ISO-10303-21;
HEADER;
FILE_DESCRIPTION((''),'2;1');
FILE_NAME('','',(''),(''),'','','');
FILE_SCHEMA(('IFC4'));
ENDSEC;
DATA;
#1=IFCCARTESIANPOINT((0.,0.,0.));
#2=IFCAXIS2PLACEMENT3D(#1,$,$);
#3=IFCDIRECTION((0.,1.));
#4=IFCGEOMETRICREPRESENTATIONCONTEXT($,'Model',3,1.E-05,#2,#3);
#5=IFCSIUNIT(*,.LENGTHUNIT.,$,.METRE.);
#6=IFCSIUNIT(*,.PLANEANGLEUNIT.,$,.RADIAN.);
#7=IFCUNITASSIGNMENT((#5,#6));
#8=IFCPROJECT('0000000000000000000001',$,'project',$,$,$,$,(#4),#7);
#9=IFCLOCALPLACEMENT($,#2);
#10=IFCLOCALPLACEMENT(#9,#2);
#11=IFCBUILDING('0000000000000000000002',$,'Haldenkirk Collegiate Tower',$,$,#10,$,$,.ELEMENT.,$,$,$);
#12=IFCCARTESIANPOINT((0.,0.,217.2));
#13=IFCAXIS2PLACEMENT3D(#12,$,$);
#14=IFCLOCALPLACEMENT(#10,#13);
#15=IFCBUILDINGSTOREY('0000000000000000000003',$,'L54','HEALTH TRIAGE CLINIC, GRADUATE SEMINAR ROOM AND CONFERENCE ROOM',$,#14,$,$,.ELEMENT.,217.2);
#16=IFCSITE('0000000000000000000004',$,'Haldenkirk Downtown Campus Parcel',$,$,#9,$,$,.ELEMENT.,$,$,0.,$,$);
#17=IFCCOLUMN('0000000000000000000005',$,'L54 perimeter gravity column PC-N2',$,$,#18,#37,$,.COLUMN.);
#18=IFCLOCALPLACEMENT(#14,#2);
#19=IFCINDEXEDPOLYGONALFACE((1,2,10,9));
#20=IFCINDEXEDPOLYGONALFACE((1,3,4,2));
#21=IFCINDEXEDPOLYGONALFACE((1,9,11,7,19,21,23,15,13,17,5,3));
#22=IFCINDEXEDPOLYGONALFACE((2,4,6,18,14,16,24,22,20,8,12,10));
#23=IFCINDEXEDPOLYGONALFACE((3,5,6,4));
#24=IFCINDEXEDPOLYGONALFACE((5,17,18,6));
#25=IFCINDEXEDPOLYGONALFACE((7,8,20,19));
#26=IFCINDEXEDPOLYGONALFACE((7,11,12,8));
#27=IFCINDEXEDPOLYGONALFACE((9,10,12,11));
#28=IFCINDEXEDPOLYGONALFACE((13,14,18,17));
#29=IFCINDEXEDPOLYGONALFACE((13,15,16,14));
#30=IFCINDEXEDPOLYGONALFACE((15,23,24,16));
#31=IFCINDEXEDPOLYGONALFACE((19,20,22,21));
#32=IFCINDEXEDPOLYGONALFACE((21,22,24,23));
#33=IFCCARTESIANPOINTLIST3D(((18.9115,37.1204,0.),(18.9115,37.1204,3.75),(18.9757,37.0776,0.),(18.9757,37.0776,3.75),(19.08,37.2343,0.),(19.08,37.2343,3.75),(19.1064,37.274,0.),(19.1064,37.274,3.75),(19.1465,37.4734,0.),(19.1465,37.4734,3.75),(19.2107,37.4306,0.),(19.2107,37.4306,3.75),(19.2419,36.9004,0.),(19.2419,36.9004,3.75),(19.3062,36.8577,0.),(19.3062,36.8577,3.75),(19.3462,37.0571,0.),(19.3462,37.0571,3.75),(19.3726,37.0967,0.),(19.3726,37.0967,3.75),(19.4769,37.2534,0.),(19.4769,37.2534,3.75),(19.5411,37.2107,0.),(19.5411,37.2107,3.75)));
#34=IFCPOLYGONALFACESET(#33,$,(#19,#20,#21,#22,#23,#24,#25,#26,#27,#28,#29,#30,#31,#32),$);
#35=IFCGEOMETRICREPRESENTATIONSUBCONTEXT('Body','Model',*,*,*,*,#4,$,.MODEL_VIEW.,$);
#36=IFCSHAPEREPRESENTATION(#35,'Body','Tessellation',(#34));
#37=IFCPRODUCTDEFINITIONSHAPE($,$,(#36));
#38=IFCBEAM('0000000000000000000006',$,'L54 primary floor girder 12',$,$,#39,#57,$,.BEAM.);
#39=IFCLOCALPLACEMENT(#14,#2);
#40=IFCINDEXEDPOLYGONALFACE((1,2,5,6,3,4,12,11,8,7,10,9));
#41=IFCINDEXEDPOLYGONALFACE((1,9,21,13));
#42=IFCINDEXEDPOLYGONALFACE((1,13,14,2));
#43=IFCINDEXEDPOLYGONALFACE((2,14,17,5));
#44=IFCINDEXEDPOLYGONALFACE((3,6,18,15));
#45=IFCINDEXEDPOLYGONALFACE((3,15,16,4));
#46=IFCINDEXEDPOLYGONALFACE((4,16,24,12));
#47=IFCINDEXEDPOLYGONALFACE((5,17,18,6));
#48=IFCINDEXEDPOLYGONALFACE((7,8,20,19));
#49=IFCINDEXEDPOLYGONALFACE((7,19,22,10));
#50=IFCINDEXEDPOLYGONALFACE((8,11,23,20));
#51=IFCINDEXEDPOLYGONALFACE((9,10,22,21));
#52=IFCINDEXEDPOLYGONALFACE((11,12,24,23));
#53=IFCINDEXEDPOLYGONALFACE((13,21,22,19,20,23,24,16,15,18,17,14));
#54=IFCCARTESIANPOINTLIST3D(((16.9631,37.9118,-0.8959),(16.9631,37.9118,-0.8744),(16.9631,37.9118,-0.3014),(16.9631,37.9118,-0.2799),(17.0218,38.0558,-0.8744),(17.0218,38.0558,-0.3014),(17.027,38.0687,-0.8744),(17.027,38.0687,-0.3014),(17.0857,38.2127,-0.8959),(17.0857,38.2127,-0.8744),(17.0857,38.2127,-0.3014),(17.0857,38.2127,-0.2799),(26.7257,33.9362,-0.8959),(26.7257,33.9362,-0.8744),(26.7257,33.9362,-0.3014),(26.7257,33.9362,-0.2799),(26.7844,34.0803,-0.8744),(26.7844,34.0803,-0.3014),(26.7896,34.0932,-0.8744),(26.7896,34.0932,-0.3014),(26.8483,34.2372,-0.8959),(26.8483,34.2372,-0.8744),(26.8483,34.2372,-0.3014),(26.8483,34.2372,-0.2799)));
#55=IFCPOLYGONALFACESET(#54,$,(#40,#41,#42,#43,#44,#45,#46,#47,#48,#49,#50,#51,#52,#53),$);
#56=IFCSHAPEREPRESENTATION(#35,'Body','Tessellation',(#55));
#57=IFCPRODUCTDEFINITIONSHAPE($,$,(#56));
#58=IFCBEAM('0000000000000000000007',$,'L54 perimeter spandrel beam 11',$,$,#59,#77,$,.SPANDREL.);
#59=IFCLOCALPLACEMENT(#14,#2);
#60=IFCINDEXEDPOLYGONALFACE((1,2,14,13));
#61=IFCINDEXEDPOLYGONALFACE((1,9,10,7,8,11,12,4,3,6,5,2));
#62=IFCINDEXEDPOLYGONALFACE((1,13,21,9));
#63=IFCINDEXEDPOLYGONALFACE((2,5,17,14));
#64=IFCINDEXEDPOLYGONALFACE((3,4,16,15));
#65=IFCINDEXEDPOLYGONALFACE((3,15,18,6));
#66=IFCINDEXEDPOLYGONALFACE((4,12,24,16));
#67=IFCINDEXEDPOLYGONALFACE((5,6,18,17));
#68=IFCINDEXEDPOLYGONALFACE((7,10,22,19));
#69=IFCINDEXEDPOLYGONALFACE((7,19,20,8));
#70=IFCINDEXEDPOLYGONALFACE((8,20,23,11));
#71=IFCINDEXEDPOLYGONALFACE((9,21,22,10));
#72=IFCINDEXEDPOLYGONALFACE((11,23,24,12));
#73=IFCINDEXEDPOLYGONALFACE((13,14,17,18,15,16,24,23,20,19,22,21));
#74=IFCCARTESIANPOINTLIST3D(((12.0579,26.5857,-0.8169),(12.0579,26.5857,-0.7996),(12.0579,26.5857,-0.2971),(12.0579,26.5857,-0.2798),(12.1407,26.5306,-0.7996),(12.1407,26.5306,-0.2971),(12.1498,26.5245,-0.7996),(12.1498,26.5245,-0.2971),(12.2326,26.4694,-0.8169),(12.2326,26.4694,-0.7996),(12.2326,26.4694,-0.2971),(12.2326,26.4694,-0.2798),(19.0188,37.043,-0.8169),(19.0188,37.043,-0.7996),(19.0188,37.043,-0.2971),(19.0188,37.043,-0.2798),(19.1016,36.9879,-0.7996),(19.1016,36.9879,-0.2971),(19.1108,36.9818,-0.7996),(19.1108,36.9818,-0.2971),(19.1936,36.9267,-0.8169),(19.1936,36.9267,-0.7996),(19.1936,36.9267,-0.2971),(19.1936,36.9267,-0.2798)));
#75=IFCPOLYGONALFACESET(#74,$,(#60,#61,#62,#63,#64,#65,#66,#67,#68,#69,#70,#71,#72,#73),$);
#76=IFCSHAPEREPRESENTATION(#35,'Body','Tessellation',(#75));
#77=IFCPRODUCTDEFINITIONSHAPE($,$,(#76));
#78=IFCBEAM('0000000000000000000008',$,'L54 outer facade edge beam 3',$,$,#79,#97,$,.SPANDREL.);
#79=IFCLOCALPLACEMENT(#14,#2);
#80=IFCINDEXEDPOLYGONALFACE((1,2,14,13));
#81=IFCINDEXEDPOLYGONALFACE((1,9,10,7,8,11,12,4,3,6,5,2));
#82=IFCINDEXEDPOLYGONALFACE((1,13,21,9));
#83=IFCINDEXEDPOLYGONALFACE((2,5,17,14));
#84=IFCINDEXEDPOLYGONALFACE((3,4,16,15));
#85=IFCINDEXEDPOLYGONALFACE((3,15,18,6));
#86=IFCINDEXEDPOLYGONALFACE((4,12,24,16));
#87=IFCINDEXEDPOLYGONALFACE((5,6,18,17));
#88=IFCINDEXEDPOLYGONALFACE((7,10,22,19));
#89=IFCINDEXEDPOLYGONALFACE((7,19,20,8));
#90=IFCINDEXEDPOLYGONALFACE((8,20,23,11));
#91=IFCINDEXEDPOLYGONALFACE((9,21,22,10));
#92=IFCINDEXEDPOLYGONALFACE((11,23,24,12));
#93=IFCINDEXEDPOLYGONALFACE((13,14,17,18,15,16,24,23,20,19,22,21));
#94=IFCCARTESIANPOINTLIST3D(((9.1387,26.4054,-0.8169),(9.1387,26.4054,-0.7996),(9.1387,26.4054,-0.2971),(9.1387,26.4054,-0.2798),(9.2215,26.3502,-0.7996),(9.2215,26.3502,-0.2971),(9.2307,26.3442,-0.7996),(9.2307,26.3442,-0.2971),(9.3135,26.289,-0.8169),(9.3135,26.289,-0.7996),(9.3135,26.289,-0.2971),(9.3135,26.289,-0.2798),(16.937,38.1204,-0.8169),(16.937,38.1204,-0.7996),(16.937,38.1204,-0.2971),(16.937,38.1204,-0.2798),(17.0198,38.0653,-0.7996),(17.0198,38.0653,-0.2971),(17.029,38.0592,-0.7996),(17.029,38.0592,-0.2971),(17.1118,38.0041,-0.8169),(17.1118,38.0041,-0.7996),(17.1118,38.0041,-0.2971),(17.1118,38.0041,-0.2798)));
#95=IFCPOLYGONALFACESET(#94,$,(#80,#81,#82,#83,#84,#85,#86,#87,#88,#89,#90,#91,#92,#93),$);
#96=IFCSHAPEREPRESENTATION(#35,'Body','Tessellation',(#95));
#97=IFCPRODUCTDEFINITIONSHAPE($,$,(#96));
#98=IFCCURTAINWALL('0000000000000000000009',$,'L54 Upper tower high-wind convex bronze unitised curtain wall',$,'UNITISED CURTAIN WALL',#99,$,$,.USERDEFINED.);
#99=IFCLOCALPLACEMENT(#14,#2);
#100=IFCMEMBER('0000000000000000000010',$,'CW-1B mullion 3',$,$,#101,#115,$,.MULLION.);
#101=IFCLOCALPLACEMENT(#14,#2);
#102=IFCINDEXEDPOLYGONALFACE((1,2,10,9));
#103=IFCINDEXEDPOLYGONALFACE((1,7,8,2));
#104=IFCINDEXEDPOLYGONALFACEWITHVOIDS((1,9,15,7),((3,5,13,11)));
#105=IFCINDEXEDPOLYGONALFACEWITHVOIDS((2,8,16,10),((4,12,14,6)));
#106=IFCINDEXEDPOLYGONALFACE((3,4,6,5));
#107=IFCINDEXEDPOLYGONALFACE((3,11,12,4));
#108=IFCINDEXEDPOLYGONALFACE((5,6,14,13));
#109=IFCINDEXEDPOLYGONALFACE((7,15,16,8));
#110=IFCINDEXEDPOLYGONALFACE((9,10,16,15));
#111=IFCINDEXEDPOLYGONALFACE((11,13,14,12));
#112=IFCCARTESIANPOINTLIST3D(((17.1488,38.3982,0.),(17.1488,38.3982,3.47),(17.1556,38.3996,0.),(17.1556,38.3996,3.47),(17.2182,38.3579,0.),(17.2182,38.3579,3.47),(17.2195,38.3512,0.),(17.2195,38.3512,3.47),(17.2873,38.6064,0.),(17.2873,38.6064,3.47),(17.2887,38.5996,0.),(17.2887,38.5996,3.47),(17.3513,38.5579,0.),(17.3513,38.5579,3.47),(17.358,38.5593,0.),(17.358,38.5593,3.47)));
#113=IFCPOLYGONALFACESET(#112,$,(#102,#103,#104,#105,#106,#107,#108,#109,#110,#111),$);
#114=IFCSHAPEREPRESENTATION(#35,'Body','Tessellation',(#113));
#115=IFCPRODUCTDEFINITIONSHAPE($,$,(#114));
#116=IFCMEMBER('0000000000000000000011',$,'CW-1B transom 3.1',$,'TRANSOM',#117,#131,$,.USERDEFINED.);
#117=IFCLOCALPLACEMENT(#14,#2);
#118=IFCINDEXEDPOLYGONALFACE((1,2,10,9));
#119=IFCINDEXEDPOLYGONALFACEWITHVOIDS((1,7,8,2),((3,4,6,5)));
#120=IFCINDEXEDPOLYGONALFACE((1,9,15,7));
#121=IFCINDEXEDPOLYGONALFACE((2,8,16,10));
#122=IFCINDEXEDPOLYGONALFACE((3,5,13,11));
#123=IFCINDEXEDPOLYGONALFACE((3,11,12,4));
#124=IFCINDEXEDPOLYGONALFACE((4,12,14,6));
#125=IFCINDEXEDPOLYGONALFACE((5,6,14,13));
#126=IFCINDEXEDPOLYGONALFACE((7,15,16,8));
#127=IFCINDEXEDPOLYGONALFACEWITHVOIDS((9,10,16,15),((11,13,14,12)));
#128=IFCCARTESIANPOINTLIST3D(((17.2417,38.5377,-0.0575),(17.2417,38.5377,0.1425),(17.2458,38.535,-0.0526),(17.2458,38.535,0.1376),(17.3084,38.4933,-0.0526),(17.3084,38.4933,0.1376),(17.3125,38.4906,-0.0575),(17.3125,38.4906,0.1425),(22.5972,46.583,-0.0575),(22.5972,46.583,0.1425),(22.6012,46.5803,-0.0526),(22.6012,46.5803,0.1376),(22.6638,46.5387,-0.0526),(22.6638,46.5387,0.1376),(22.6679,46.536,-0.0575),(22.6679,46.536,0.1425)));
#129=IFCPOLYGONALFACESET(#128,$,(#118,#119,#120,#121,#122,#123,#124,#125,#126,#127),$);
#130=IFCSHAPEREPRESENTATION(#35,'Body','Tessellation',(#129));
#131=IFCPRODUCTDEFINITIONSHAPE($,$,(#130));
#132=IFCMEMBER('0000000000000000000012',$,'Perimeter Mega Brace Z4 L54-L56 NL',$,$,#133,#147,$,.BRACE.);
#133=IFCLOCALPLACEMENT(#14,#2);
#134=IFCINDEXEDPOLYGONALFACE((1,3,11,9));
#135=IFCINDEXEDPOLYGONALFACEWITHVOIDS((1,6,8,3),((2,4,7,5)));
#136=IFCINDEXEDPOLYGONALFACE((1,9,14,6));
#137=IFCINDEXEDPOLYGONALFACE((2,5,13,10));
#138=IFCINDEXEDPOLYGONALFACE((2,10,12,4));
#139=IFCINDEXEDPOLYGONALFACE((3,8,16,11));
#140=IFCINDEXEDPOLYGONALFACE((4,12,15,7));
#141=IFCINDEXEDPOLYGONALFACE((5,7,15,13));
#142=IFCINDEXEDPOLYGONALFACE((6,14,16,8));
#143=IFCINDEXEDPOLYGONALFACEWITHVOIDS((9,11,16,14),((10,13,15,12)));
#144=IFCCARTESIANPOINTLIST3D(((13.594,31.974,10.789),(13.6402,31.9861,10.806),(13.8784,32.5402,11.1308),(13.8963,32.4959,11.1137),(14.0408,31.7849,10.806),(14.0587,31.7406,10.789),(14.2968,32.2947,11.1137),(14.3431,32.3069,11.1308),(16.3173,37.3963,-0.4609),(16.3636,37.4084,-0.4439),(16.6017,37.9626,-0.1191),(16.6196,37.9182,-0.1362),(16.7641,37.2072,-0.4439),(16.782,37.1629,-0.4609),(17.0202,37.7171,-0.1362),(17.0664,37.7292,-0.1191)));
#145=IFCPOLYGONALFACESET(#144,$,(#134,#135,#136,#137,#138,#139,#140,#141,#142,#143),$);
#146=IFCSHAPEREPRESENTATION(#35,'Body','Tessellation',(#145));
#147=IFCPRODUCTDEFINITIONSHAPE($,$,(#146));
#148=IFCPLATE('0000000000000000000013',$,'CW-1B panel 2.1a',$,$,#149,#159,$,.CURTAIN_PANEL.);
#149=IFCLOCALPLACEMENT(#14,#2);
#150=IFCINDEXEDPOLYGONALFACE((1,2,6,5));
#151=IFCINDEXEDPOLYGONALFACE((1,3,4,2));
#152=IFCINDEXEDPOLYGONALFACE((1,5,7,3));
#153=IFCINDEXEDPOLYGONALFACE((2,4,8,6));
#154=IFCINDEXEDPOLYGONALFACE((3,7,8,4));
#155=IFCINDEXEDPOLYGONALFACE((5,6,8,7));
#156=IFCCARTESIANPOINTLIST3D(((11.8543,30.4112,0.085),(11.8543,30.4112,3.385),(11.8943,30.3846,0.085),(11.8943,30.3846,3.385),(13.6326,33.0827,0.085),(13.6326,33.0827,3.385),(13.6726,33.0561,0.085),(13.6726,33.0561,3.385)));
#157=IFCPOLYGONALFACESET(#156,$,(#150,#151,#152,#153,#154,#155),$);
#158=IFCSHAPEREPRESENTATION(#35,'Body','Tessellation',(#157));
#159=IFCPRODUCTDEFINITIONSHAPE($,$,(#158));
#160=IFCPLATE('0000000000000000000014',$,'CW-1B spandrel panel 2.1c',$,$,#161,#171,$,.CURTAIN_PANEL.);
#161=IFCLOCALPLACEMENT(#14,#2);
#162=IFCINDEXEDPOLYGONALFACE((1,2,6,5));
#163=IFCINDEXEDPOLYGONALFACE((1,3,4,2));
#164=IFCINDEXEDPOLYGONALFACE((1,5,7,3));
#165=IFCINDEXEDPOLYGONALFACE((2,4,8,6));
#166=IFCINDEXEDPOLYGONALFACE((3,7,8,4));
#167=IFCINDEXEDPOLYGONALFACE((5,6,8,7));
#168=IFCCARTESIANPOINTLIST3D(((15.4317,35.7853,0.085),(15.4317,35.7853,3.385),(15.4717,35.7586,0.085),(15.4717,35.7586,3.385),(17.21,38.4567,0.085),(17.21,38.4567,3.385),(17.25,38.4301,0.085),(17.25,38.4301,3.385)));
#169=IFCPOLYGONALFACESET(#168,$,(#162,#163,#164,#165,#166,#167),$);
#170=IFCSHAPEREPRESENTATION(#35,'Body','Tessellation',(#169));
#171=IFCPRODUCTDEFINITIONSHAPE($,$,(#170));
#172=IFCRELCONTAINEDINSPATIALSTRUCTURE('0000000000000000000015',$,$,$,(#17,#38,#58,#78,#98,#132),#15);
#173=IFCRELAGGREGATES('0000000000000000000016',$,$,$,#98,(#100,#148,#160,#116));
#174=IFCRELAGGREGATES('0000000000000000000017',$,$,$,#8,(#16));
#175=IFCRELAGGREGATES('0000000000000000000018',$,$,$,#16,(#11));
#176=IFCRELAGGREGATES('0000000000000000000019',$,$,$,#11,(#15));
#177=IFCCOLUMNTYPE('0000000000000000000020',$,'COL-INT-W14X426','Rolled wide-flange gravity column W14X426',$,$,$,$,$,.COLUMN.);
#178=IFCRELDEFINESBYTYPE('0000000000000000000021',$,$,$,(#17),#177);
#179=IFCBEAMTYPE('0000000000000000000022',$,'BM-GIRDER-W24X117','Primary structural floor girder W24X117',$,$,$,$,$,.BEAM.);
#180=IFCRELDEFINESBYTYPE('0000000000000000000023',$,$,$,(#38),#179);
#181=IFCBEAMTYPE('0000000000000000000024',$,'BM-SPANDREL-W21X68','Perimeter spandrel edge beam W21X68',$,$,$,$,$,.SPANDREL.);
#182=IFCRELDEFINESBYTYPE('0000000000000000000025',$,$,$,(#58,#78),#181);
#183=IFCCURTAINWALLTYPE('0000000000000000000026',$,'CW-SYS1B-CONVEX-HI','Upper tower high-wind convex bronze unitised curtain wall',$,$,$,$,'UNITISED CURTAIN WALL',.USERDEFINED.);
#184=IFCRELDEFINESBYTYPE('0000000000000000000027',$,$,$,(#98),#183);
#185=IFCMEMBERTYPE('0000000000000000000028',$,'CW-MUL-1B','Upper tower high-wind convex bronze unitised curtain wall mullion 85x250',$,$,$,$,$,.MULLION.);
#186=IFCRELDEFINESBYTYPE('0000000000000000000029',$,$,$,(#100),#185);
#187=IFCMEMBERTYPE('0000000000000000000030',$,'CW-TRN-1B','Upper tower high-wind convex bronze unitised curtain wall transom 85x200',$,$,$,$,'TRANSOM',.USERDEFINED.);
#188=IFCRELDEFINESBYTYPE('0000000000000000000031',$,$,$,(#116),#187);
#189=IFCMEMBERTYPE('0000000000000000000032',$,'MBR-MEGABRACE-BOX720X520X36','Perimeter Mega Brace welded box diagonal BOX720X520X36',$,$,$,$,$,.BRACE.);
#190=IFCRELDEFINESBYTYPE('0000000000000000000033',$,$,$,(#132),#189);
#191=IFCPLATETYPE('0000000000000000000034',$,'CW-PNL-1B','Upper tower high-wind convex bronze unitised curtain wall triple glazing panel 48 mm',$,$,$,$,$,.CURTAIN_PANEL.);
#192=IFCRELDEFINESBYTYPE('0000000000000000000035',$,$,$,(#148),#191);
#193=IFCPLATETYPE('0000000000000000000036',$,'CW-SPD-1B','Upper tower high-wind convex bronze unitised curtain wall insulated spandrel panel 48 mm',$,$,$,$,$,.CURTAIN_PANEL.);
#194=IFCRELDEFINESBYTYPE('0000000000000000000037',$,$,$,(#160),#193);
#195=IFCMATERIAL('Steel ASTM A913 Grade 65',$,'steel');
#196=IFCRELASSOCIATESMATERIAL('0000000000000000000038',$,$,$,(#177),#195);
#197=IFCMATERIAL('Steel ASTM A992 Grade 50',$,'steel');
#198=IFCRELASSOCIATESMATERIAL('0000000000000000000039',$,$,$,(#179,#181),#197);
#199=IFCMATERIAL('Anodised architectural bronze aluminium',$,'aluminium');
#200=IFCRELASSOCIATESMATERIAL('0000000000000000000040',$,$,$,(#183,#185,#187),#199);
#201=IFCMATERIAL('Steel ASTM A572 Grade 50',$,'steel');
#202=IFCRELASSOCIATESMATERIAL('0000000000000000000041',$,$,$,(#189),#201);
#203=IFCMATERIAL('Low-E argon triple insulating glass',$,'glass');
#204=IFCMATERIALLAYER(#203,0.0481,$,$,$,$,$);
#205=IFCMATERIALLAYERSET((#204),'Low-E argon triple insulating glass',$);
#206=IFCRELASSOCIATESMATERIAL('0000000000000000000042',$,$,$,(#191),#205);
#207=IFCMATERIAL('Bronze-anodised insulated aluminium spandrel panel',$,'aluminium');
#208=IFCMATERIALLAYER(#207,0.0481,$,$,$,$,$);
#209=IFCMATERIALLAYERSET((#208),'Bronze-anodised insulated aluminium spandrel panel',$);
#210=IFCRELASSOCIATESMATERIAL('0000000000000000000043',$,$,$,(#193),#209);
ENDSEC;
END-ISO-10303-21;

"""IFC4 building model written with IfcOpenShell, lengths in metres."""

from ifc_helpers import new_model, si_unit, direction, frame, origin, origin_2d, place, context, subcontext, project, spatial, rectangle, hollow_rectangle, i_section, extrude, source, transform, mapped, material, layer, layer_set, material_profile, profile_set, type_object, element, aggregate, save


model = new_model("IFC4")

# Units and contexts
model_context = context("Model", 3, precision=1e-05, world=origin(), true_north=direction((0.0, 1.0)))
body_context = subcontext(model_context, "Body", "Model", "MODEL_VIEW")
ifc_project = project(units=[si_unit("LENGTHUNIT", "METRE"), si_unit("PLANEANGLEUNIT", "RADIAN")], contexts=[model_context])

# Site, building, storey
site_placement = place(None, origin())
site = spatial("IfcSite", under=ifc_project, at=site_placement, Name="Haldenkirk Downtown Campus Parcel", CompositionType="ELEMENT", RefElevation=0.0)
building_placement = place(site_placement, origin())
building = spatial("IfcBuilding", under=site, at=building_placement, Name="Haldenkirk Collegiate Tower", CompositionType="ELEMENT")
storey_placement = place(building_placement, frame((0.0, 0.0, 217.2)))
storey = spatial("IfcBuildingStorey", under=building, at=storey_placement, Name="L54", Description="HEALTH TRIAGE CLINIC, GRADUATE SEMINAR ROOM AND CONFERENCE ROOM", CompositionType="ELEMENT", Elevation=217.2)

# Column
ifc_material_1 = material(Name="Steel ASTM A913 Grade 65", Category="steel")
ifc_material_profile_1 = material_profile(ifc_material_1, i_section(OverallWidth=0.4241, OverallDepth=0.4741, WebThickness=0.0476, FlangeThickness=0.0771, at=origin_2d()), Name="W14X426")
ifc_profile_set_1 = profile_set([ifc_material_profile_1], Name="Steel ASTM A913 Grade 65")
column_type = type_object("IfcColumnType", Name="COL-INT-W14X426", Description="Rolled wide-flange gravity column W14X426", PredefinedType="COLUMN", material=ifc_profile_set_1)
column_placement = place(storey_placement, frame((19.2263, 37.1655, 0.0), z_axis=(0.0, 0.0, 1.0), x_axis=(0.554118, 0.832438, 0.0)))
element("IfcColumn", 1, at=column_placement, inside=storey, type_object=column_type, Name="L54 perimeter gravity column PC-N2", PredefinedType="COLUMN", context=body_context, shape_type="SweptSolid", body=[
    extrude(i_section(OverallWidth=0.4241, OverallDepth=0.4741, WebThickness=0.0476, FlangeThickness=0.0771, at=origin_2d()), origin(), (0.0, 0.0, 1.0), 3.75),
])

# Beams
ifc_material_2 = material(Name="Steel ASTM A992 Grade 50", Category="steel")
ifc_material_profile_2 = material_profile(ifc_material_2, i_section(OverallWidth=0.325, OverallDepth=0.616, WebThickness=0.0139, FlangeThickness=0.0215, at=origin_2d()), Name="W24X117")
ifc_profile_set_2 = profile_set([ifc_material_profile_2], Name="Steel ASTM A992 Grade 50")
beam_type_1 = type_object("IfcBeamType", Name="BM-GIRDER-W24X117", Description="Primary structural floor girder W24X117", PredefinedType="BEAM", material=ifc_profile_set_2)
beam_1_placement = place(storey_placement, frame((17.0244, 38.0623, -0.5879), z_axis=(0.926152, -0.37715, 0.0), x_axis=(0.37715, 0.926152, 0.0)))
element("IfcBeam", 2, at=beam_1_placement, inside=storey, type_object=beam_type_1, Name="L54 primary floor girder 12", PredefinedType="BEAM", context=body_context, shape_type="SweptSolid", body=[
    extrude(i_section(OverallWidth=0.325, OverallDepth=0.616, WebThickness=0.0139, FlangeThickness=0.0215, at=origin_2d()), origin(), (0.0, 0.0, 1.0), 10.541),
])
ifc_material_profile_3 = material_profile(ifc_material_2, i_section(OverallWidth=0.21, OverallDepth=0.5371, WebThickness=0.011, FlangeThickness=0.0173, at=origin_2d()), Name="W21X68")
ifc_profile_set_3 = profile_set([ifc_material_profile_3], Name="Steel ASTM A992 Grade 50")
beam_type_2 = type_object("IfcBeamType", Name="BM-SPANDREL-W21X68", Description="Perimeter spandrel edge beam W21X68", PredefinedType="SPANDREL", material=ifc_profile_set_3)
beam_2_placement = place(storey_placement, frame((19.1062, 36.9849, -0.5483), z_axis=(-0.554117, -0.832439, 0.0), x_axis=(0.832439, -0.554117, 0.0)))
element("IfcBeam", 3, at=beam_2_placement, inside=storey, type_object=beam_type_2, Name="L54 perimeter spandrel beam 11", PredefinedType="SPANDREL", context=body_context, shape_type="SweptSolid", body=[
    extrude(i_section(OverallWidth=0.21, OverallDepth=0.5371, WebThickness=0.011, FlangeThickness=0.0173, at=origin_2d()), origin(), (0.0, 0.0, 1.0), 12.5623),
])
beam_3_placement = place(storey_placement, frame((17.0244, 38.0623, -0.5483), z_axis=(-0.554124, -0.832434, 0.0), x_axis=(0.832434, -0.554124, 0.0)))
element("IfcBeam", 4, at=beam_3_placement, inside=storey, type_object=beam_type_2, Name="L54 outer facade edge beam 3", PredefinedType="SPANDREL", context=body_context, shape_type="SweptSolid", body=[
    extrude(i_section(OverallWidth=0.21, OverallDepth=0.5371, WebThickness=0.011, FlangeThickness=0.0173, at=origin_2d()), origin(), (0.0, 0.0, 1.0), 14.0732),
])

# Curtain wall, members
ifc_material_3 = material(Name="Anodised architectural bronze aluminium", Category="aluminium")
curtain_wall_type = type_object("IfcCurtainWallType", Name="CW-SYS1B-CONVEX-HI", Description="Upper tower high-wind convex bronze unitised curtain wall", ElementType="UNITISED CURTAIN WALL", PredefinedType="USERDEFINED", material=ifc_material_3)
curtain_wall_placement = place(storey_placement, origin())
curtain_wall = element("IfcCurtainWall", 5, at=curtain_wall_placement, inside=storey, type_object=curtain_wall_type, Name="L54 Upper tower high-wind convex bronze unitised curtain wall", ObjectType="UNITISED CURTAIN WALL", PredefinedType="USERDEFINED")
ifc_material_profile_4 = material_profile(ifc_material_3, hollow_rectangle(XDim=0.085, YDim=0.25, WallThickness=0.0049, at=origin_2d()), Name="CW-MUL-1B")
ifc_profile_set_4 = profile_set([ifc_material_profile_4], Name="Anodised architectural bronze aluminium")
member_type_1 = type_object("IfcMemberType", Name="CW-MUL-1B", Description="Upper tower high-wind convex bronze unitised curtain wall mullion 85x250", PredefinedType="MULLION", material=ifc_profile_set_4)
member_1_placement = place(storey_placement, frame((17.2534, 38.4788, 0.0), z_axis=(0.0, 0.0, 1.0), x_axis=(-0.832437, 0.55412, 0.0)))
member_1 = element("IfcMember", 6, at=member_1_placement, type_object=member_type_1, Name="CW-1B mullion 3", PredefinedType="MULLION", context=body_context, shape_type="SweptSolid", body=[
    extrude(hollow_rectangle(XDim=0.085, YDim=0.25, WallThickness=0.0049, at=origin_2d()), origin(), (0.0, 0.0, 1.0), 3.47),
])
ifc_material_profile_5 = material_profile(ifc_material_3, hollow_rectangle(XDim=0.085, YDim=0.2, WallThickness=0.0049, at=origin_2d()), Name="CW-TRN-1B")
ifc_profile_set_5 = profile_set([ifc_material_profile_5], Name="Anodised architectural bronze aluminium")
member_type_2 = type_object("IfcMemberType", Name="CW-TRN-1B", Description="Upper tower high-wind convex bronze unitised curtain wall transom 85x200", ElementType="TRANSOM", PredefinedType="USERDEFINED", material=ifc_profile_set_5)
member_2_placement = place(storey_placement, frame((17.2771, 38.5142, 0.0425), z_axis=(0.554117, 0.832439, 0.0), x_axis=(-0.832439, 0.554117, 0.0)))
member_2 = element("IfcMember", 7, at=member_2_placement, type_object=member_type_2, Name="CW-1B transom 3.1", ObjectType="TRANSOM", PredefinedType="USERDEFINED", context=body_context, shape_type="SweptSolid", body=[
    extrude(hollow_rectangle(XDim=0.085, YDim=0.2, WallThickness=0.0049, at=origin_2d()), origin(), (0.0, 0.0, 1.0), 9.6648),
])

# Member
ifc_material_4 = material(Name="Steel ASTM A572 Grade 50", Category="steel")
ifc_material_profile_6 = material_profile(ifc_material_4, hollow_rectangle(XDim=0.52, YDim=0.72, WallThickness=0.0359, at=origin_2d()), Name="BOX720X520X36")
ifc_profile_set_6 = profile_set([ifc_material_profile_6], Name="Steel ASTM A572 Grade 50")
member_type_3 = type_object("IfcMemberType", Name="MBR-MEGABRACE-BOX720X520X36", Description="Perimeter Mega Brace welded box diagonal BOX720X520X36", PredefinedType="BRACE", material=ifc_profile_set_6)
member_3_placement = place(storey_placement, frame((16.6919, 37.5627, -0.29), z_axis=(-0.213063, -0.424216, 0.880139), x_axis=(0.893621, -0.448822, 0.0)))
element("IfcMember", 8, at=member_3_placement, inside=storey, type_object=member_type_3, Name="Perimeter Mega Brace Z4 L54-L56 NL", PredefinedType="BRACE", context=body_context, shape_type="SweptSolid", body=[
    extrude(hollow_rectangle(XDim=0.52, YDim=0.72, WallThickness=0.0359, at=origin_2d()), origin(), (0.0, 0.0, 1.0), 12.782),
])

# Plates
ifc_material_5 = material(Name="Low-E argon triple insulating glass", Category="glass")
ifc_layer_1 = layer(ifc_material_5, 0.0481)
ifc_layer_set_1 = layer_set([ifc_layer_1], Name="Low-E argon triple insulating glass")
plate_type_1 = type_object("IfcPlateType", Name="CW-PNL-1B", Description="Upper tower high-wind convex bronze unitised curtain wall triple glazing panel 48 mm", PredefinedType="CURTAIN_PANEL", material=ifc_layer_set_1)
shared_shape_1 = source(origin(), body_context, "Body", "SweptSolid", [
    extrude(rectangle(XDim=3.2092, YDim=0.0481, at=origin_2d()), origin(), (0.0, 0.0, 1.0), 3.3),
])
plate_1_placement = place(storey_placement, frame((12.7634, 31.7336, 0.085), z_axis=(0.0, 0.0, 1.0), x_axis=(0.55412, 0.832437, 0.0)))
plate_1 = element("IfcPlate", 9, at=plate_1_placement, type_object=plate_type_1, Name="CW-1B panel 2.1a", PredefinedType="CURTAIN_PANEL", context=body_context, shape_type="MappedRepresentation", body=[
    mapped(shared_shape_1, transform((0.0, 0.0, 0.0), x_axis=(1.0, 0.0, 0.0), y_axis=(0.0, 1.0, 0.0), z_axis=(0.0, 0.0, 1.0), scale=1.0)),
])
ifc_material_6 = material(Name="Bronze-anodised insulated aluminium spandrel panel", Category="aluminium")
ifc_layer_2 = layer(ifc_material_6, 0.0481)
ifc_layer_set_2 = layer_set([ifc_layer_2], Name="Bronze-anodised insulated aluminium spandrel panel")
plate_type_2 = type_object("IfcPlateType", Name="CW-SPD-1B", Description="Upper tower high-wind convex bronze unitised curtain wall insulated spandrel panel 48 mm", PredefinedType="CURTAIN_PANEL", material=ifc_layer_set_2)
plate_2_placement = place(storey_placement, frame((16.3408, 37.1077, 0.085), z_axis=(0.0, 0.0, 1.0), x_axis=(0.55412, 0.832437, 0.0)))
plate_2 = element("IfcPlate", 10, at=plate_2_placement, type_object=plate_type_2, Name="CW-1B spandrel panel 2.1c", PredefinedType="CURTAIN_PANEL", context=body_context, shape_type="MappedRepresentation", body=[
    mapped(shared_shape_1, transform((0.0, 0.0, 0.0), x_axis=(1.0, 0.0, 0.0), y_axis=(0.0, 1.0, 0.0), z_axis=(0.0, 0.0, 1.0), scale=1.0)),
])
aggregate(curtain_wall, [member_1, plate_1, plate_2, member_2])

save(model, "model.ifc")
